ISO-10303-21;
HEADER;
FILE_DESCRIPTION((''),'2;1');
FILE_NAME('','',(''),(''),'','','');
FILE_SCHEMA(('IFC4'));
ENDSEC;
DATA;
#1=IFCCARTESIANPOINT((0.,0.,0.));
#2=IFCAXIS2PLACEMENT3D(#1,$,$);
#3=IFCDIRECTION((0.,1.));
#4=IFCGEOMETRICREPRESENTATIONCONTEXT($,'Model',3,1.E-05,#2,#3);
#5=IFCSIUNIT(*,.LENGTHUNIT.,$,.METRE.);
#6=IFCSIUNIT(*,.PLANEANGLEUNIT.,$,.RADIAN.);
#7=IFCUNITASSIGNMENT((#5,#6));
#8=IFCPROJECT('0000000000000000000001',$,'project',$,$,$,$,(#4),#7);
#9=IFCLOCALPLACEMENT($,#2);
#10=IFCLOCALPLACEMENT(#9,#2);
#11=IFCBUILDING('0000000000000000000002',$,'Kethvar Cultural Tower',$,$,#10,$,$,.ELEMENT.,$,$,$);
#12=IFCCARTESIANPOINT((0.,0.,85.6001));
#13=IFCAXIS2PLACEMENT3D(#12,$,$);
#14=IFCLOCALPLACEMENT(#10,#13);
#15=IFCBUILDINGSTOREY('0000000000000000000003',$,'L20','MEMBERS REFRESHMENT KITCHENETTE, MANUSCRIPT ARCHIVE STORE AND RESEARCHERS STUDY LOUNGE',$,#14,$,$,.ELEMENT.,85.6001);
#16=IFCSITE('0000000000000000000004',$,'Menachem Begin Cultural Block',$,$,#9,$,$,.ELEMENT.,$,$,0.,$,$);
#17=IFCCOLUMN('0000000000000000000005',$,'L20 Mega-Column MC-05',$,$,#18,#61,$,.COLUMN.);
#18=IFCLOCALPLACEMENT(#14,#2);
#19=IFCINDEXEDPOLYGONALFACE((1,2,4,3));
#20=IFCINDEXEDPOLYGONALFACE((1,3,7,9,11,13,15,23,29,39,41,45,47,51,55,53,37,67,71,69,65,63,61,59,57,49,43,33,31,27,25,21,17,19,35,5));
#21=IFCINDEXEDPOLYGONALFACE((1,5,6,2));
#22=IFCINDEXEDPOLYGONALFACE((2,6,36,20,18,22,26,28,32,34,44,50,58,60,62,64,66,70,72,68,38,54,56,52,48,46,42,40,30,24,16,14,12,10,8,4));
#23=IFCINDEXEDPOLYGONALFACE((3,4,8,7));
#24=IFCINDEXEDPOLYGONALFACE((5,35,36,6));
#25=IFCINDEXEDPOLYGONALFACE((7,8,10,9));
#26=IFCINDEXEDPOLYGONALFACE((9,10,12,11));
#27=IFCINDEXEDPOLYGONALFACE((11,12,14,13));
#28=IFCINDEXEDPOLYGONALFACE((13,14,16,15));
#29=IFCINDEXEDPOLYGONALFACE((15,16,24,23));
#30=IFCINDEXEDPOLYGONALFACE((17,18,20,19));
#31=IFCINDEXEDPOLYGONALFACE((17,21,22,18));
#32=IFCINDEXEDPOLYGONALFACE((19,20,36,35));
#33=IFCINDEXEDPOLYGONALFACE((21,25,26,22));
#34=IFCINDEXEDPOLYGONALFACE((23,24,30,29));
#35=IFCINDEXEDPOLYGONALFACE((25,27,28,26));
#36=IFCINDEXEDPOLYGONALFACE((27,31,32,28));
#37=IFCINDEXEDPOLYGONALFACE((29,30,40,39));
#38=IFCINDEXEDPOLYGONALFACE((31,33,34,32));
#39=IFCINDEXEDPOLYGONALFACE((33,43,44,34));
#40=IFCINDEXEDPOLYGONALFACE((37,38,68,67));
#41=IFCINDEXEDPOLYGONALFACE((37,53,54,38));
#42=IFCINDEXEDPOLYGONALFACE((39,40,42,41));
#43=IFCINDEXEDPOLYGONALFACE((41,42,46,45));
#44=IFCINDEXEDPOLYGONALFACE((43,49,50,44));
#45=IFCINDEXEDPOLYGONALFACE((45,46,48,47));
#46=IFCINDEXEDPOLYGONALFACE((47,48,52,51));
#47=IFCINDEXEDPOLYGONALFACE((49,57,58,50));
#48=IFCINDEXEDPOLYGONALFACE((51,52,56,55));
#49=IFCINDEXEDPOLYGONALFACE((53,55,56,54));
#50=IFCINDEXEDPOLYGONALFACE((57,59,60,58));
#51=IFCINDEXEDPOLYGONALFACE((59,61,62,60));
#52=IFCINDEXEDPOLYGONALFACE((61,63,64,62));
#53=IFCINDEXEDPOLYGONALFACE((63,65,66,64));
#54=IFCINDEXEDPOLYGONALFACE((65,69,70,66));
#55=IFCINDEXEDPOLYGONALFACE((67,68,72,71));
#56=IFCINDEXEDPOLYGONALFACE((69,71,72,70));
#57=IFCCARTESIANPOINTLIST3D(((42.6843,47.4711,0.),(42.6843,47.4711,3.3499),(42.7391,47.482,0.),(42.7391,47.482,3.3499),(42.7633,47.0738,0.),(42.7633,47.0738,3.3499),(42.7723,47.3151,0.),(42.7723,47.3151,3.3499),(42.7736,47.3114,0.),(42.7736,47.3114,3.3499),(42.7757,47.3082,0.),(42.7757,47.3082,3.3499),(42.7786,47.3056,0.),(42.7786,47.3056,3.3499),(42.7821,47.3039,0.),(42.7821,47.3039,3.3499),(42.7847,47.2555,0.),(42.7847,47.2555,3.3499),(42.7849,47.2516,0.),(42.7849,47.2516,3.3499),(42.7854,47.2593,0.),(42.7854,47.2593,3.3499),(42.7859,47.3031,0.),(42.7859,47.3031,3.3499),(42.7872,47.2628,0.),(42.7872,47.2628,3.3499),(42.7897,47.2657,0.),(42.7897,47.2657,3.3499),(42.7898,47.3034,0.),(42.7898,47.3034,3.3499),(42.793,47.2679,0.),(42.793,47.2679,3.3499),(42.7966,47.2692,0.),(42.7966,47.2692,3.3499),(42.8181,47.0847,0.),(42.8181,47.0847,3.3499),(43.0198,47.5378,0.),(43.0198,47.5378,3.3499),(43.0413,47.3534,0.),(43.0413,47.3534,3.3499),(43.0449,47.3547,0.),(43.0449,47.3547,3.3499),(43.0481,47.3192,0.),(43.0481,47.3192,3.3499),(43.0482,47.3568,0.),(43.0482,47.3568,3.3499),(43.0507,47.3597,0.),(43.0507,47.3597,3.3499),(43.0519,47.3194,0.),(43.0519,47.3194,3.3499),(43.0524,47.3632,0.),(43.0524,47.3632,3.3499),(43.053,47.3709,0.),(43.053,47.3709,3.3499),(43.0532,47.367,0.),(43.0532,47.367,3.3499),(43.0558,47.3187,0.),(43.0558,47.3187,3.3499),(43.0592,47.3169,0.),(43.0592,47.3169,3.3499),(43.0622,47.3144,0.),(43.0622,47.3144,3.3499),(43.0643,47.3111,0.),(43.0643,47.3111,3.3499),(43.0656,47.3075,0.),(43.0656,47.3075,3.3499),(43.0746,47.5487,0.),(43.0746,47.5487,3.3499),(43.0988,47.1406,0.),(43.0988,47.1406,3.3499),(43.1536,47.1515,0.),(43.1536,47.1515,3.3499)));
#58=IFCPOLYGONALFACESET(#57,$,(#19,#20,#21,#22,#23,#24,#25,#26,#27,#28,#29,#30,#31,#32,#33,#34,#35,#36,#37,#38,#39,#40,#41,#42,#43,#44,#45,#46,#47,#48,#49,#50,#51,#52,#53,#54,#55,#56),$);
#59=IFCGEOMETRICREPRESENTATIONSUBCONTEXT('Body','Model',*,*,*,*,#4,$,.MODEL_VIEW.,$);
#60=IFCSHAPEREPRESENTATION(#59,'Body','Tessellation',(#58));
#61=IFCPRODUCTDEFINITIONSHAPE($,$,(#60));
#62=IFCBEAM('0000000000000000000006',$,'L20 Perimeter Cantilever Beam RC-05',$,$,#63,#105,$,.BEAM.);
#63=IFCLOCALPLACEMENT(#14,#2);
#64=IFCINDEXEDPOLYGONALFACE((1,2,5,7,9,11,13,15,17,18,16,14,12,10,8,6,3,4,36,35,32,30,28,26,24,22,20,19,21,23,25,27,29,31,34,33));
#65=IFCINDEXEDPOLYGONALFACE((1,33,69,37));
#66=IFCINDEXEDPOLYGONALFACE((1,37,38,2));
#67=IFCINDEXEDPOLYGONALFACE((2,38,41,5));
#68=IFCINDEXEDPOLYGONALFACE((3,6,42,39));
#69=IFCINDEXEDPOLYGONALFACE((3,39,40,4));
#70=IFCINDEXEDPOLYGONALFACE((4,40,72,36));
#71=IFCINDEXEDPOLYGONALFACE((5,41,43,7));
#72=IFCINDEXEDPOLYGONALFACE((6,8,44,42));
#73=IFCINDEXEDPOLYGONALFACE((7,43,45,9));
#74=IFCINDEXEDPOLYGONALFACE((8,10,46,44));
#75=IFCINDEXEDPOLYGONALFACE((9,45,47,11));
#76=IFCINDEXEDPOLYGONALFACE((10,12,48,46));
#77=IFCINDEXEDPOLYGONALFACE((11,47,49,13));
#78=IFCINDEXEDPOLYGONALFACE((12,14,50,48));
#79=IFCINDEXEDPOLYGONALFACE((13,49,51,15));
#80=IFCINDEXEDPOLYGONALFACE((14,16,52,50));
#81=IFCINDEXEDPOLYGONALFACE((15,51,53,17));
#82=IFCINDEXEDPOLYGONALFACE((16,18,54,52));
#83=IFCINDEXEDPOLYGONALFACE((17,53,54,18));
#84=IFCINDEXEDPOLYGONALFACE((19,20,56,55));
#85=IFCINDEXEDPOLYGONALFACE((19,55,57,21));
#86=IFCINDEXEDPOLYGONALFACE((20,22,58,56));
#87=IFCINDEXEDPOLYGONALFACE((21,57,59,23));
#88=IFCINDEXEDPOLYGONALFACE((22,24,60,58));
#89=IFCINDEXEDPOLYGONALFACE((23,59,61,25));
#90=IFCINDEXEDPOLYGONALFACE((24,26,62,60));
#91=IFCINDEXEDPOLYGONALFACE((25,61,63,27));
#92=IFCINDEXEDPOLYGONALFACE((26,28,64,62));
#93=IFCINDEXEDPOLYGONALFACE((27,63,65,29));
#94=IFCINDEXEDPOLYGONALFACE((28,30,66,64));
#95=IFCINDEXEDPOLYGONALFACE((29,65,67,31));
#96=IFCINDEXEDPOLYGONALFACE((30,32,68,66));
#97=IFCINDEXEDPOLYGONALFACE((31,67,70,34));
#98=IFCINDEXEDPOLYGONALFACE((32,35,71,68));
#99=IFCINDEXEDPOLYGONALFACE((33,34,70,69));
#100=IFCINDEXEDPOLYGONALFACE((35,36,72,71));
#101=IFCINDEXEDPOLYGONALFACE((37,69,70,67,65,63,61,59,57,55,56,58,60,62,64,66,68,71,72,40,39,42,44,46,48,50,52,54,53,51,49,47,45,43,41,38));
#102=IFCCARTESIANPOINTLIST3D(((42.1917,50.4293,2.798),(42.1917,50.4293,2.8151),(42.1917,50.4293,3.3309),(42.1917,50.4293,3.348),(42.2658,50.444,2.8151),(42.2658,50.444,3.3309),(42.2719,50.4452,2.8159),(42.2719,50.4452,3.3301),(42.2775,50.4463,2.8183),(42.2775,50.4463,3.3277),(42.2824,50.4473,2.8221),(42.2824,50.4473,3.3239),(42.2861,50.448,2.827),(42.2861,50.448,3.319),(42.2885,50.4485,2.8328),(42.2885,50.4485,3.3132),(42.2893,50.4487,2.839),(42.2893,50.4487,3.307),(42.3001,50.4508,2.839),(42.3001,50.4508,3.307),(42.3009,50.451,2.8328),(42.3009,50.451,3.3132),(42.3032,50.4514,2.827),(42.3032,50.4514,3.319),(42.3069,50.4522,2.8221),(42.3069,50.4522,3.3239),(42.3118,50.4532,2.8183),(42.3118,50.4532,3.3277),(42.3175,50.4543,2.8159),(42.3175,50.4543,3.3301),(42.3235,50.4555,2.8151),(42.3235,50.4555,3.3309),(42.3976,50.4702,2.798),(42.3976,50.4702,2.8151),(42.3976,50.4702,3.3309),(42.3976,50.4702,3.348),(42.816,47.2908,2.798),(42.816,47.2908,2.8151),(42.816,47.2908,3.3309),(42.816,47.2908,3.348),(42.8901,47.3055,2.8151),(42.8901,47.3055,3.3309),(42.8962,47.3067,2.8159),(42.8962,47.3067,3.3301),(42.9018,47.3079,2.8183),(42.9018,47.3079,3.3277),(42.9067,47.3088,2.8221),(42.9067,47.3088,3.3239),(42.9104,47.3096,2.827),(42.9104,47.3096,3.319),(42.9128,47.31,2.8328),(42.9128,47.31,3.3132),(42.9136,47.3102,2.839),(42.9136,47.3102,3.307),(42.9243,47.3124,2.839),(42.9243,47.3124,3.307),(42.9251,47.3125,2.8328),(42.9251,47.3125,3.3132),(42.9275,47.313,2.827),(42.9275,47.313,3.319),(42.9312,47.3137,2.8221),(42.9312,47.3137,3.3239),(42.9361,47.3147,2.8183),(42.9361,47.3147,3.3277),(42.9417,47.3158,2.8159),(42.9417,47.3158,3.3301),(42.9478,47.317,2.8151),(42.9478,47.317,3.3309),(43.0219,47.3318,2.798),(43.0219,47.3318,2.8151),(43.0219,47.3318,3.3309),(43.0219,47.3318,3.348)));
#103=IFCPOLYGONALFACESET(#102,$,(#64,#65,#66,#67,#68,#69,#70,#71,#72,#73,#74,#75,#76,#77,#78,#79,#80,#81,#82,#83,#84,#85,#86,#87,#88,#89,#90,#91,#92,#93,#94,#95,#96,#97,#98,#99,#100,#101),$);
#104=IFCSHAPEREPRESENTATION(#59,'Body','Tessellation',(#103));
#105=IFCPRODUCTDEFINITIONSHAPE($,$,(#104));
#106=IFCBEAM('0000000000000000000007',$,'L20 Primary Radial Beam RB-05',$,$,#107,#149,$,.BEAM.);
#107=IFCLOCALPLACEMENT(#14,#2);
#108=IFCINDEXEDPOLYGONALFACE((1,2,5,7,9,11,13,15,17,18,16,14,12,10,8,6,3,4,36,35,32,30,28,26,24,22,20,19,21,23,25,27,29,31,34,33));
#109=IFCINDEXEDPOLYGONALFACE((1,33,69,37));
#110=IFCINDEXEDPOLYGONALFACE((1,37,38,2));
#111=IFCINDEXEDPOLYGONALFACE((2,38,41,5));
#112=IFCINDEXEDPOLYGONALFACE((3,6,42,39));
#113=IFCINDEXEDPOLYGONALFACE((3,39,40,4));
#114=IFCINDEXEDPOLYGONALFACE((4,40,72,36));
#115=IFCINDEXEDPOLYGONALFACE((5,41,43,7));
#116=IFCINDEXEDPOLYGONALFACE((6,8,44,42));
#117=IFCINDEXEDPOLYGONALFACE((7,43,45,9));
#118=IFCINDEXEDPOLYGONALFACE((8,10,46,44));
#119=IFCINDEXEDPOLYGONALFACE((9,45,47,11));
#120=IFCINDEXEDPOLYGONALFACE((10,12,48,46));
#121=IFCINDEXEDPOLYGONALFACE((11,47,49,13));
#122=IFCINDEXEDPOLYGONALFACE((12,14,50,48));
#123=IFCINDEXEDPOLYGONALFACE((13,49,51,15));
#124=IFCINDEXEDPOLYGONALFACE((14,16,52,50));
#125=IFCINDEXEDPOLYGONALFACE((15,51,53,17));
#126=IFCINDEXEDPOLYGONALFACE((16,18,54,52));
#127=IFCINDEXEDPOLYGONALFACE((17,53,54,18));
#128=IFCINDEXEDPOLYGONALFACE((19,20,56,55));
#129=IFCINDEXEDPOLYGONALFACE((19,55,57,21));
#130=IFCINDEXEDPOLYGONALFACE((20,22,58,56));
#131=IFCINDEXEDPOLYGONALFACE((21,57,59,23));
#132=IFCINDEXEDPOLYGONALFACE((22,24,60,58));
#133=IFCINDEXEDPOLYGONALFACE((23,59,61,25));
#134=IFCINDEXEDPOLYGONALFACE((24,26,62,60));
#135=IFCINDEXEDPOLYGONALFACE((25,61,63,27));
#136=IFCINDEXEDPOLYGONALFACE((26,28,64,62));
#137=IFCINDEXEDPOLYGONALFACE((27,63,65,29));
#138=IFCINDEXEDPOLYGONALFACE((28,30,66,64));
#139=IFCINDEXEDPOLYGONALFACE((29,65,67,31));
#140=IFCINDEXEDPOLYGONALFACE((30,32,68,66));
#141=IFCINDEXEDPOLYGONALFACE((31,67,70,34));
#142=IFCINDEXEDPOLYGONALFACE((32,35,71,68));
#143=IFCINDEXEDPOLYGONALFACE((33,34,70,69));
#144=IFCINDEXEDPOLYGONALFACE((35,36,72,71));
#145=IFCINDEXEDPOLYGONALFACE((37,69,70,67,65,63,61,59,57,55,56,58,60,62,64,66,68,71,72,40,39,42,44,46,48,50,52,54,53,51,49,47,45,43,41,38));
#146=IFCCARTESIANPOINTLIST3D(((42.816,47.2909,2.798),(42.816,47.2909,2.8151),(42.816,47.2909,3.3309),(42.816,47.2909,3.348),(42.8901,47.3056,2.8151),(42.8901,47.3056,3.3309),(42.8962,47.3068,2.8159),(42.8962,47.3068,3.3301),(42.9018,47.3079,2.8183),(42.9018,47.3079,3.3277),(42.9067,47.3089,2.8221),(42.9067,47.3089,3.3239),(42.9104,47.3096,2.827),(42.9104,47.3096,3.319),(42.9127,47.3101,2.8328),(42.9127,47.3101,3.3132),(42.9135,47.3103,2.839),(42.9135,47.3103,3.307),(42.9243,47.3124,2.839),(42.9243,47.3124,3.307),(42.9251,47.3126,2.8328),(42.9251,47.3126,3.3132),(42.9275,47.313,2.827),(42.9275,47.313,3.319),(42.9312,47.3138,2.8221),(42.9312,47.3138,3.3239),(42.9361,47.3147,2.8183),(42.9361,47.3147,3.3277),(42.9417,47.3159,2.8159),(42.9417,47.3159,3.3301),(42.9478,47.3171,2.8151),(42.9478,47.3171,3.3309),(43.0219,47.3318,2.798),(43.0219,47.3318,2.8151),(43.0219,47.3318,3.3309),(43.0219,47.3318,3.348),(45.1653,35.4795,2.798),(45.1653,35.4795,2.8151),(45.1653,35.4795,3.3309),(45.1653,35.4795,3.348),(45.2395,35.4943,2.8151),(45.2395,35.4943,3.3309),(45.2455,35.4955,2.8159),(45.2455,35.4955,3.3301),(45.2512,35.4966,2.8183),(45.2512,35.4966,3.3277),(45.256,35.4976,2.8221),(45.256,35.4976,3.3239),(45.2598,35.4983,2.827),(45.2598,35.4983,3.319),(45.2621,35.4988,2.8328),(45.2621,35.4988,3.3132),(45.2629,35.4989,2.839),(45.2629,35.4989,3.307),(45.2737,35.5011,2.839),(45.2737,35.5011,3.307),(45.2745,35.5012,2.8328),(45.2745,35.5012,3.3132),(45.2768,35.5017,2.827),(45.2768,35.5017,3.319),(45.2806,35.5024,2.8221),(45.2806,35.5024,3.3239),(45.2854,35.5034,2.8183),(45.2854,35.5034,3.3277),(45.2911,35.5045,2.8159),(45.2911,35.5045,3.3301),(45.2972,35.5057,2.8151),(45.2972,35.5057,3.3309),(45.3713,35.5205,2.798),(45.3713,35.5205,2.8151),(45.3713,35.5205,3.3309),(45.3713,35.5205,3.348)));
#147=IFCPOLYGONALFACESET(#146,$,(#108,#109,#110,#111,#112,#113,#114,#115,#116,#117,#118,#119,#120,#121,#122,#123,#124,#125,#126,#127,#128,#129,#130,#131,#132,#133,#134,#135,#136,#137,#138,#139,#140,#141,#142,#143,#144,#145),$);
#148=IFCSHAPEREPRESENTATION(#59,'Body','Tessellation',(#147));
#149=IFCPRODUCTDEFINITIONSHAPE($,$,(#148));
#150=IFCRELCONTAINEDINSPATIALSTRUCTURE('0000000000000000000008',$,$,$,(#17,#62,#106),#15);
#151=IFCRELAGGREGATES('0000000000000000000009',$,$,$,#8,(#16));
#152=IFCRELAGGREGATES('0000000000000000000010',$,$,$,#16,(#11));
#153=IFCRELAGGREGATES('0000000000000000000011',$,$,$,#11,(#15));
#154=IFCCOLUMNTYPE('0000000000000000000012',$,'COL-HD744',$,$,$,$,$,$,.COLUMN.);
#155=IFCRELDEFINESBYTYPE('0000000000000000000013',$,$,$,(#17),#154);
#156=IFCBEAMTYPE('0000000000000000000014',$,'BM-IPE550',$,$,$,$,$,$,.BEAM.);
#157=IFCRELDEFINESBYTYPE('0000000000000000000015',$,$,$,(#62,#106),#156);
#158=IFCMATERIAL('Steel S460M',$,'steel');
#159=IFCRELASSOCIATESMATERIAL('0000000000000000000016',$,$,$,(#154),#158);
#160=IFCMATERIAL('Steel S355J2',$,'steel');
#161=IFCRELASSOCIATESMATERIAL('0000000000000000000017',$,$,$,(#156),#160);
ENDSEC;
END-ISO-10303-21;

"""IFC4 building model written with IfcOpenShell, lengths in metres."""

from ifc_helpers import new_model, si_unit, direction, frame, origin, origin_2d, place, context, subcontext, project, spatial, i_section, extrude, source, transform, mapped, material, material_profile, profile_set, type_object, element, save


model = new_model("IFC4")

# Units and contexts
model_context = context("Model", 3, precision=1e-05, world=origin(), true_north=direction((0.0, 1.0)))
body_context = subcontext(model_context, "Body", "Model", "MODEL_VIEW")
ifc_project = project(units=[si_unit("LENGTHUNIT", "METRE"), si_unit("PLANEANGLEUNIT", "RADIAN")], contexts=[model_context])

# Site, building, storey
site_placement = place(None, origin())
site = spatial("IfcSite", under=ifc_project, at=site_placement, Name="Menachem Begin Cultural Block", CompositionType="ELEMENT", RefElevation=0.0)
building_placement = place(site_placement, origin())
building = spatial("IfcBuilding", under=site, at=building_placement, Name="Kethvar Cultural Tower", CompositionType="ELEMENT")
storey_placement = place(building_placement, frame((0.0, 0.0, 85.6001)))
storey = spatial("IfcBuildingStorey", under=building, at=storey_placement, Name="L20", Description="MEMBERS REFRESHMENT KITCHENETTE, MANUSCRIPT ARCHIVE STORE AND RESEARCHERS STUDY LOUNGE", CompositionType="ELEMENT", Elevation=85.6001)

# Column
ifc_material_1 = material(Name="Steel S460M", Category="steel")
ifc_material_profile_1 = material_profile(ifc_material_1, i_section(OverallWidth=0.405, OverallDepth=0.3979, WebThickness=0.0349, FlangeThickness=0.0559, FilletRadius=0.0149, at=origin_2d()), Name="Steel S460M — HD400x744")
ifc_profile_set_1 = profile_set([ifc_material_profile_1], Name="Steel S460M — HD400x744")
column_type = type_object("IfcColumnType", Name="COL-HD744", PredefinedType="COLUMN", material=ifc_profile_set_1)
shared_shape_1 = source(origin(), body_context, "Body", "SweptSolid", [
    extrude(i_section(OverallWidth=0.405, OverallDepth=0.3979, WebThickness=0.0349, FlangeThickness=0.0559, FilletRadius=0.0149, at=origin_2d()), origin(), (0.0, 0.0, 1.0), 3.3499),
])
column_placement = place(storey_placement, frame((42.9189, 47.3113, 0.0), z_axis=(0.0, 0.0, 1.0), x_axis=(-0.19509, 0.980785, 0.0)))
element("IfcColumn", 1, at=column_placement, inside=storey, type_object=column_type, Name="L20 Mega-Column MC-05", PredefinedType="COLUMN", context=body_context, shape_type="MappedRepresentation", body=[
    mapped(shared_shape_1, transform((0.0, 0.0, 0.0), scale=1.0)),
])

# Beams
ifc_material_2 = material(Name="Steel S355J2", Category="steel")
ifc_material_profile_2 = material_profile(ifc_material_2, i_section(OverallWidth=0.21, OverallDepth=0.55, WebThickness=0.011, FlangeThickness=0.0171, FilletRadius=0.0239, at=origin_2d()), Name="Steel S355J2 — IPE550")
ifc_profile_set_2 = profile_set([ifc_material_profile_2], Name="Steel S355J2 — IPE550")
beam_type_1 = type_object("IfcBeamType", Name="BM-IPE550", PredefinedType="BEAM", material=ifc_profile_set_2)
shared_shape_2 = source(origin(), body_context, "Body", "SweptSolid", [
    extrude(i_section(OverallWidth=0.21, OverallDepth=0.55, WebThickness=0.011, FlangeThickness=0.0171, FilletRadius=0.0239, at=origin_2d()), origin(), (0.0, 0.0, 1.0), 3.2),
])
beam_1_placement = place(storey_placement, frame((42.9189, 47.3113, 3.073), z_axis=(-0.195089, 0.980786, 0.0), x_axis=(-0.980786, -0.195089, 0.0)))
element("IfcBeam", 2, at=beam_1_placement, inside=storey, type_object=beam_type_1, Name="L20 Perimeter Cantilever Beam RC-05", PredefinedType="BEAM", context=body_context, shape_type="MappedRepresentation", body=[
    mapped(shared_shape_2, transform((0.0, 0.0, 0.0), scale=1.0)),
])
shared_shape_3 = source(origin(), body_context, "Body", "SweptSolid", [
    extrude(i_section(OverallWidth=0.21, OverallDepth=0.55, WebThickness=0.011, FlangeThickness=0.0171, FilletRadius=0.0239, at=origin_2d()), origin(), (0.0, 0.0, 1.0), 12.0427),
])
beam_2_placement = place(storey_placement, frame((45.2683, 35.5, 3.073), z_axis=(-0.195087, 0.980786, 0.0), x_axis=(-0.980786, -0.195087, 0.0)))
element("IfcBeam", 3, at=beam_2_placement, inside=storey, type_object=beam_type_1, Name="L20 Primary Radial Beam RB-05", PredefinedType="BEAM", context=body_context, shape_type="MappedRepresentation", body=[
    mapped(shared_shape_3, transform((0.0, 0.0, 0.0), scale=1.0)),
])

save(model, "model.ifc")
